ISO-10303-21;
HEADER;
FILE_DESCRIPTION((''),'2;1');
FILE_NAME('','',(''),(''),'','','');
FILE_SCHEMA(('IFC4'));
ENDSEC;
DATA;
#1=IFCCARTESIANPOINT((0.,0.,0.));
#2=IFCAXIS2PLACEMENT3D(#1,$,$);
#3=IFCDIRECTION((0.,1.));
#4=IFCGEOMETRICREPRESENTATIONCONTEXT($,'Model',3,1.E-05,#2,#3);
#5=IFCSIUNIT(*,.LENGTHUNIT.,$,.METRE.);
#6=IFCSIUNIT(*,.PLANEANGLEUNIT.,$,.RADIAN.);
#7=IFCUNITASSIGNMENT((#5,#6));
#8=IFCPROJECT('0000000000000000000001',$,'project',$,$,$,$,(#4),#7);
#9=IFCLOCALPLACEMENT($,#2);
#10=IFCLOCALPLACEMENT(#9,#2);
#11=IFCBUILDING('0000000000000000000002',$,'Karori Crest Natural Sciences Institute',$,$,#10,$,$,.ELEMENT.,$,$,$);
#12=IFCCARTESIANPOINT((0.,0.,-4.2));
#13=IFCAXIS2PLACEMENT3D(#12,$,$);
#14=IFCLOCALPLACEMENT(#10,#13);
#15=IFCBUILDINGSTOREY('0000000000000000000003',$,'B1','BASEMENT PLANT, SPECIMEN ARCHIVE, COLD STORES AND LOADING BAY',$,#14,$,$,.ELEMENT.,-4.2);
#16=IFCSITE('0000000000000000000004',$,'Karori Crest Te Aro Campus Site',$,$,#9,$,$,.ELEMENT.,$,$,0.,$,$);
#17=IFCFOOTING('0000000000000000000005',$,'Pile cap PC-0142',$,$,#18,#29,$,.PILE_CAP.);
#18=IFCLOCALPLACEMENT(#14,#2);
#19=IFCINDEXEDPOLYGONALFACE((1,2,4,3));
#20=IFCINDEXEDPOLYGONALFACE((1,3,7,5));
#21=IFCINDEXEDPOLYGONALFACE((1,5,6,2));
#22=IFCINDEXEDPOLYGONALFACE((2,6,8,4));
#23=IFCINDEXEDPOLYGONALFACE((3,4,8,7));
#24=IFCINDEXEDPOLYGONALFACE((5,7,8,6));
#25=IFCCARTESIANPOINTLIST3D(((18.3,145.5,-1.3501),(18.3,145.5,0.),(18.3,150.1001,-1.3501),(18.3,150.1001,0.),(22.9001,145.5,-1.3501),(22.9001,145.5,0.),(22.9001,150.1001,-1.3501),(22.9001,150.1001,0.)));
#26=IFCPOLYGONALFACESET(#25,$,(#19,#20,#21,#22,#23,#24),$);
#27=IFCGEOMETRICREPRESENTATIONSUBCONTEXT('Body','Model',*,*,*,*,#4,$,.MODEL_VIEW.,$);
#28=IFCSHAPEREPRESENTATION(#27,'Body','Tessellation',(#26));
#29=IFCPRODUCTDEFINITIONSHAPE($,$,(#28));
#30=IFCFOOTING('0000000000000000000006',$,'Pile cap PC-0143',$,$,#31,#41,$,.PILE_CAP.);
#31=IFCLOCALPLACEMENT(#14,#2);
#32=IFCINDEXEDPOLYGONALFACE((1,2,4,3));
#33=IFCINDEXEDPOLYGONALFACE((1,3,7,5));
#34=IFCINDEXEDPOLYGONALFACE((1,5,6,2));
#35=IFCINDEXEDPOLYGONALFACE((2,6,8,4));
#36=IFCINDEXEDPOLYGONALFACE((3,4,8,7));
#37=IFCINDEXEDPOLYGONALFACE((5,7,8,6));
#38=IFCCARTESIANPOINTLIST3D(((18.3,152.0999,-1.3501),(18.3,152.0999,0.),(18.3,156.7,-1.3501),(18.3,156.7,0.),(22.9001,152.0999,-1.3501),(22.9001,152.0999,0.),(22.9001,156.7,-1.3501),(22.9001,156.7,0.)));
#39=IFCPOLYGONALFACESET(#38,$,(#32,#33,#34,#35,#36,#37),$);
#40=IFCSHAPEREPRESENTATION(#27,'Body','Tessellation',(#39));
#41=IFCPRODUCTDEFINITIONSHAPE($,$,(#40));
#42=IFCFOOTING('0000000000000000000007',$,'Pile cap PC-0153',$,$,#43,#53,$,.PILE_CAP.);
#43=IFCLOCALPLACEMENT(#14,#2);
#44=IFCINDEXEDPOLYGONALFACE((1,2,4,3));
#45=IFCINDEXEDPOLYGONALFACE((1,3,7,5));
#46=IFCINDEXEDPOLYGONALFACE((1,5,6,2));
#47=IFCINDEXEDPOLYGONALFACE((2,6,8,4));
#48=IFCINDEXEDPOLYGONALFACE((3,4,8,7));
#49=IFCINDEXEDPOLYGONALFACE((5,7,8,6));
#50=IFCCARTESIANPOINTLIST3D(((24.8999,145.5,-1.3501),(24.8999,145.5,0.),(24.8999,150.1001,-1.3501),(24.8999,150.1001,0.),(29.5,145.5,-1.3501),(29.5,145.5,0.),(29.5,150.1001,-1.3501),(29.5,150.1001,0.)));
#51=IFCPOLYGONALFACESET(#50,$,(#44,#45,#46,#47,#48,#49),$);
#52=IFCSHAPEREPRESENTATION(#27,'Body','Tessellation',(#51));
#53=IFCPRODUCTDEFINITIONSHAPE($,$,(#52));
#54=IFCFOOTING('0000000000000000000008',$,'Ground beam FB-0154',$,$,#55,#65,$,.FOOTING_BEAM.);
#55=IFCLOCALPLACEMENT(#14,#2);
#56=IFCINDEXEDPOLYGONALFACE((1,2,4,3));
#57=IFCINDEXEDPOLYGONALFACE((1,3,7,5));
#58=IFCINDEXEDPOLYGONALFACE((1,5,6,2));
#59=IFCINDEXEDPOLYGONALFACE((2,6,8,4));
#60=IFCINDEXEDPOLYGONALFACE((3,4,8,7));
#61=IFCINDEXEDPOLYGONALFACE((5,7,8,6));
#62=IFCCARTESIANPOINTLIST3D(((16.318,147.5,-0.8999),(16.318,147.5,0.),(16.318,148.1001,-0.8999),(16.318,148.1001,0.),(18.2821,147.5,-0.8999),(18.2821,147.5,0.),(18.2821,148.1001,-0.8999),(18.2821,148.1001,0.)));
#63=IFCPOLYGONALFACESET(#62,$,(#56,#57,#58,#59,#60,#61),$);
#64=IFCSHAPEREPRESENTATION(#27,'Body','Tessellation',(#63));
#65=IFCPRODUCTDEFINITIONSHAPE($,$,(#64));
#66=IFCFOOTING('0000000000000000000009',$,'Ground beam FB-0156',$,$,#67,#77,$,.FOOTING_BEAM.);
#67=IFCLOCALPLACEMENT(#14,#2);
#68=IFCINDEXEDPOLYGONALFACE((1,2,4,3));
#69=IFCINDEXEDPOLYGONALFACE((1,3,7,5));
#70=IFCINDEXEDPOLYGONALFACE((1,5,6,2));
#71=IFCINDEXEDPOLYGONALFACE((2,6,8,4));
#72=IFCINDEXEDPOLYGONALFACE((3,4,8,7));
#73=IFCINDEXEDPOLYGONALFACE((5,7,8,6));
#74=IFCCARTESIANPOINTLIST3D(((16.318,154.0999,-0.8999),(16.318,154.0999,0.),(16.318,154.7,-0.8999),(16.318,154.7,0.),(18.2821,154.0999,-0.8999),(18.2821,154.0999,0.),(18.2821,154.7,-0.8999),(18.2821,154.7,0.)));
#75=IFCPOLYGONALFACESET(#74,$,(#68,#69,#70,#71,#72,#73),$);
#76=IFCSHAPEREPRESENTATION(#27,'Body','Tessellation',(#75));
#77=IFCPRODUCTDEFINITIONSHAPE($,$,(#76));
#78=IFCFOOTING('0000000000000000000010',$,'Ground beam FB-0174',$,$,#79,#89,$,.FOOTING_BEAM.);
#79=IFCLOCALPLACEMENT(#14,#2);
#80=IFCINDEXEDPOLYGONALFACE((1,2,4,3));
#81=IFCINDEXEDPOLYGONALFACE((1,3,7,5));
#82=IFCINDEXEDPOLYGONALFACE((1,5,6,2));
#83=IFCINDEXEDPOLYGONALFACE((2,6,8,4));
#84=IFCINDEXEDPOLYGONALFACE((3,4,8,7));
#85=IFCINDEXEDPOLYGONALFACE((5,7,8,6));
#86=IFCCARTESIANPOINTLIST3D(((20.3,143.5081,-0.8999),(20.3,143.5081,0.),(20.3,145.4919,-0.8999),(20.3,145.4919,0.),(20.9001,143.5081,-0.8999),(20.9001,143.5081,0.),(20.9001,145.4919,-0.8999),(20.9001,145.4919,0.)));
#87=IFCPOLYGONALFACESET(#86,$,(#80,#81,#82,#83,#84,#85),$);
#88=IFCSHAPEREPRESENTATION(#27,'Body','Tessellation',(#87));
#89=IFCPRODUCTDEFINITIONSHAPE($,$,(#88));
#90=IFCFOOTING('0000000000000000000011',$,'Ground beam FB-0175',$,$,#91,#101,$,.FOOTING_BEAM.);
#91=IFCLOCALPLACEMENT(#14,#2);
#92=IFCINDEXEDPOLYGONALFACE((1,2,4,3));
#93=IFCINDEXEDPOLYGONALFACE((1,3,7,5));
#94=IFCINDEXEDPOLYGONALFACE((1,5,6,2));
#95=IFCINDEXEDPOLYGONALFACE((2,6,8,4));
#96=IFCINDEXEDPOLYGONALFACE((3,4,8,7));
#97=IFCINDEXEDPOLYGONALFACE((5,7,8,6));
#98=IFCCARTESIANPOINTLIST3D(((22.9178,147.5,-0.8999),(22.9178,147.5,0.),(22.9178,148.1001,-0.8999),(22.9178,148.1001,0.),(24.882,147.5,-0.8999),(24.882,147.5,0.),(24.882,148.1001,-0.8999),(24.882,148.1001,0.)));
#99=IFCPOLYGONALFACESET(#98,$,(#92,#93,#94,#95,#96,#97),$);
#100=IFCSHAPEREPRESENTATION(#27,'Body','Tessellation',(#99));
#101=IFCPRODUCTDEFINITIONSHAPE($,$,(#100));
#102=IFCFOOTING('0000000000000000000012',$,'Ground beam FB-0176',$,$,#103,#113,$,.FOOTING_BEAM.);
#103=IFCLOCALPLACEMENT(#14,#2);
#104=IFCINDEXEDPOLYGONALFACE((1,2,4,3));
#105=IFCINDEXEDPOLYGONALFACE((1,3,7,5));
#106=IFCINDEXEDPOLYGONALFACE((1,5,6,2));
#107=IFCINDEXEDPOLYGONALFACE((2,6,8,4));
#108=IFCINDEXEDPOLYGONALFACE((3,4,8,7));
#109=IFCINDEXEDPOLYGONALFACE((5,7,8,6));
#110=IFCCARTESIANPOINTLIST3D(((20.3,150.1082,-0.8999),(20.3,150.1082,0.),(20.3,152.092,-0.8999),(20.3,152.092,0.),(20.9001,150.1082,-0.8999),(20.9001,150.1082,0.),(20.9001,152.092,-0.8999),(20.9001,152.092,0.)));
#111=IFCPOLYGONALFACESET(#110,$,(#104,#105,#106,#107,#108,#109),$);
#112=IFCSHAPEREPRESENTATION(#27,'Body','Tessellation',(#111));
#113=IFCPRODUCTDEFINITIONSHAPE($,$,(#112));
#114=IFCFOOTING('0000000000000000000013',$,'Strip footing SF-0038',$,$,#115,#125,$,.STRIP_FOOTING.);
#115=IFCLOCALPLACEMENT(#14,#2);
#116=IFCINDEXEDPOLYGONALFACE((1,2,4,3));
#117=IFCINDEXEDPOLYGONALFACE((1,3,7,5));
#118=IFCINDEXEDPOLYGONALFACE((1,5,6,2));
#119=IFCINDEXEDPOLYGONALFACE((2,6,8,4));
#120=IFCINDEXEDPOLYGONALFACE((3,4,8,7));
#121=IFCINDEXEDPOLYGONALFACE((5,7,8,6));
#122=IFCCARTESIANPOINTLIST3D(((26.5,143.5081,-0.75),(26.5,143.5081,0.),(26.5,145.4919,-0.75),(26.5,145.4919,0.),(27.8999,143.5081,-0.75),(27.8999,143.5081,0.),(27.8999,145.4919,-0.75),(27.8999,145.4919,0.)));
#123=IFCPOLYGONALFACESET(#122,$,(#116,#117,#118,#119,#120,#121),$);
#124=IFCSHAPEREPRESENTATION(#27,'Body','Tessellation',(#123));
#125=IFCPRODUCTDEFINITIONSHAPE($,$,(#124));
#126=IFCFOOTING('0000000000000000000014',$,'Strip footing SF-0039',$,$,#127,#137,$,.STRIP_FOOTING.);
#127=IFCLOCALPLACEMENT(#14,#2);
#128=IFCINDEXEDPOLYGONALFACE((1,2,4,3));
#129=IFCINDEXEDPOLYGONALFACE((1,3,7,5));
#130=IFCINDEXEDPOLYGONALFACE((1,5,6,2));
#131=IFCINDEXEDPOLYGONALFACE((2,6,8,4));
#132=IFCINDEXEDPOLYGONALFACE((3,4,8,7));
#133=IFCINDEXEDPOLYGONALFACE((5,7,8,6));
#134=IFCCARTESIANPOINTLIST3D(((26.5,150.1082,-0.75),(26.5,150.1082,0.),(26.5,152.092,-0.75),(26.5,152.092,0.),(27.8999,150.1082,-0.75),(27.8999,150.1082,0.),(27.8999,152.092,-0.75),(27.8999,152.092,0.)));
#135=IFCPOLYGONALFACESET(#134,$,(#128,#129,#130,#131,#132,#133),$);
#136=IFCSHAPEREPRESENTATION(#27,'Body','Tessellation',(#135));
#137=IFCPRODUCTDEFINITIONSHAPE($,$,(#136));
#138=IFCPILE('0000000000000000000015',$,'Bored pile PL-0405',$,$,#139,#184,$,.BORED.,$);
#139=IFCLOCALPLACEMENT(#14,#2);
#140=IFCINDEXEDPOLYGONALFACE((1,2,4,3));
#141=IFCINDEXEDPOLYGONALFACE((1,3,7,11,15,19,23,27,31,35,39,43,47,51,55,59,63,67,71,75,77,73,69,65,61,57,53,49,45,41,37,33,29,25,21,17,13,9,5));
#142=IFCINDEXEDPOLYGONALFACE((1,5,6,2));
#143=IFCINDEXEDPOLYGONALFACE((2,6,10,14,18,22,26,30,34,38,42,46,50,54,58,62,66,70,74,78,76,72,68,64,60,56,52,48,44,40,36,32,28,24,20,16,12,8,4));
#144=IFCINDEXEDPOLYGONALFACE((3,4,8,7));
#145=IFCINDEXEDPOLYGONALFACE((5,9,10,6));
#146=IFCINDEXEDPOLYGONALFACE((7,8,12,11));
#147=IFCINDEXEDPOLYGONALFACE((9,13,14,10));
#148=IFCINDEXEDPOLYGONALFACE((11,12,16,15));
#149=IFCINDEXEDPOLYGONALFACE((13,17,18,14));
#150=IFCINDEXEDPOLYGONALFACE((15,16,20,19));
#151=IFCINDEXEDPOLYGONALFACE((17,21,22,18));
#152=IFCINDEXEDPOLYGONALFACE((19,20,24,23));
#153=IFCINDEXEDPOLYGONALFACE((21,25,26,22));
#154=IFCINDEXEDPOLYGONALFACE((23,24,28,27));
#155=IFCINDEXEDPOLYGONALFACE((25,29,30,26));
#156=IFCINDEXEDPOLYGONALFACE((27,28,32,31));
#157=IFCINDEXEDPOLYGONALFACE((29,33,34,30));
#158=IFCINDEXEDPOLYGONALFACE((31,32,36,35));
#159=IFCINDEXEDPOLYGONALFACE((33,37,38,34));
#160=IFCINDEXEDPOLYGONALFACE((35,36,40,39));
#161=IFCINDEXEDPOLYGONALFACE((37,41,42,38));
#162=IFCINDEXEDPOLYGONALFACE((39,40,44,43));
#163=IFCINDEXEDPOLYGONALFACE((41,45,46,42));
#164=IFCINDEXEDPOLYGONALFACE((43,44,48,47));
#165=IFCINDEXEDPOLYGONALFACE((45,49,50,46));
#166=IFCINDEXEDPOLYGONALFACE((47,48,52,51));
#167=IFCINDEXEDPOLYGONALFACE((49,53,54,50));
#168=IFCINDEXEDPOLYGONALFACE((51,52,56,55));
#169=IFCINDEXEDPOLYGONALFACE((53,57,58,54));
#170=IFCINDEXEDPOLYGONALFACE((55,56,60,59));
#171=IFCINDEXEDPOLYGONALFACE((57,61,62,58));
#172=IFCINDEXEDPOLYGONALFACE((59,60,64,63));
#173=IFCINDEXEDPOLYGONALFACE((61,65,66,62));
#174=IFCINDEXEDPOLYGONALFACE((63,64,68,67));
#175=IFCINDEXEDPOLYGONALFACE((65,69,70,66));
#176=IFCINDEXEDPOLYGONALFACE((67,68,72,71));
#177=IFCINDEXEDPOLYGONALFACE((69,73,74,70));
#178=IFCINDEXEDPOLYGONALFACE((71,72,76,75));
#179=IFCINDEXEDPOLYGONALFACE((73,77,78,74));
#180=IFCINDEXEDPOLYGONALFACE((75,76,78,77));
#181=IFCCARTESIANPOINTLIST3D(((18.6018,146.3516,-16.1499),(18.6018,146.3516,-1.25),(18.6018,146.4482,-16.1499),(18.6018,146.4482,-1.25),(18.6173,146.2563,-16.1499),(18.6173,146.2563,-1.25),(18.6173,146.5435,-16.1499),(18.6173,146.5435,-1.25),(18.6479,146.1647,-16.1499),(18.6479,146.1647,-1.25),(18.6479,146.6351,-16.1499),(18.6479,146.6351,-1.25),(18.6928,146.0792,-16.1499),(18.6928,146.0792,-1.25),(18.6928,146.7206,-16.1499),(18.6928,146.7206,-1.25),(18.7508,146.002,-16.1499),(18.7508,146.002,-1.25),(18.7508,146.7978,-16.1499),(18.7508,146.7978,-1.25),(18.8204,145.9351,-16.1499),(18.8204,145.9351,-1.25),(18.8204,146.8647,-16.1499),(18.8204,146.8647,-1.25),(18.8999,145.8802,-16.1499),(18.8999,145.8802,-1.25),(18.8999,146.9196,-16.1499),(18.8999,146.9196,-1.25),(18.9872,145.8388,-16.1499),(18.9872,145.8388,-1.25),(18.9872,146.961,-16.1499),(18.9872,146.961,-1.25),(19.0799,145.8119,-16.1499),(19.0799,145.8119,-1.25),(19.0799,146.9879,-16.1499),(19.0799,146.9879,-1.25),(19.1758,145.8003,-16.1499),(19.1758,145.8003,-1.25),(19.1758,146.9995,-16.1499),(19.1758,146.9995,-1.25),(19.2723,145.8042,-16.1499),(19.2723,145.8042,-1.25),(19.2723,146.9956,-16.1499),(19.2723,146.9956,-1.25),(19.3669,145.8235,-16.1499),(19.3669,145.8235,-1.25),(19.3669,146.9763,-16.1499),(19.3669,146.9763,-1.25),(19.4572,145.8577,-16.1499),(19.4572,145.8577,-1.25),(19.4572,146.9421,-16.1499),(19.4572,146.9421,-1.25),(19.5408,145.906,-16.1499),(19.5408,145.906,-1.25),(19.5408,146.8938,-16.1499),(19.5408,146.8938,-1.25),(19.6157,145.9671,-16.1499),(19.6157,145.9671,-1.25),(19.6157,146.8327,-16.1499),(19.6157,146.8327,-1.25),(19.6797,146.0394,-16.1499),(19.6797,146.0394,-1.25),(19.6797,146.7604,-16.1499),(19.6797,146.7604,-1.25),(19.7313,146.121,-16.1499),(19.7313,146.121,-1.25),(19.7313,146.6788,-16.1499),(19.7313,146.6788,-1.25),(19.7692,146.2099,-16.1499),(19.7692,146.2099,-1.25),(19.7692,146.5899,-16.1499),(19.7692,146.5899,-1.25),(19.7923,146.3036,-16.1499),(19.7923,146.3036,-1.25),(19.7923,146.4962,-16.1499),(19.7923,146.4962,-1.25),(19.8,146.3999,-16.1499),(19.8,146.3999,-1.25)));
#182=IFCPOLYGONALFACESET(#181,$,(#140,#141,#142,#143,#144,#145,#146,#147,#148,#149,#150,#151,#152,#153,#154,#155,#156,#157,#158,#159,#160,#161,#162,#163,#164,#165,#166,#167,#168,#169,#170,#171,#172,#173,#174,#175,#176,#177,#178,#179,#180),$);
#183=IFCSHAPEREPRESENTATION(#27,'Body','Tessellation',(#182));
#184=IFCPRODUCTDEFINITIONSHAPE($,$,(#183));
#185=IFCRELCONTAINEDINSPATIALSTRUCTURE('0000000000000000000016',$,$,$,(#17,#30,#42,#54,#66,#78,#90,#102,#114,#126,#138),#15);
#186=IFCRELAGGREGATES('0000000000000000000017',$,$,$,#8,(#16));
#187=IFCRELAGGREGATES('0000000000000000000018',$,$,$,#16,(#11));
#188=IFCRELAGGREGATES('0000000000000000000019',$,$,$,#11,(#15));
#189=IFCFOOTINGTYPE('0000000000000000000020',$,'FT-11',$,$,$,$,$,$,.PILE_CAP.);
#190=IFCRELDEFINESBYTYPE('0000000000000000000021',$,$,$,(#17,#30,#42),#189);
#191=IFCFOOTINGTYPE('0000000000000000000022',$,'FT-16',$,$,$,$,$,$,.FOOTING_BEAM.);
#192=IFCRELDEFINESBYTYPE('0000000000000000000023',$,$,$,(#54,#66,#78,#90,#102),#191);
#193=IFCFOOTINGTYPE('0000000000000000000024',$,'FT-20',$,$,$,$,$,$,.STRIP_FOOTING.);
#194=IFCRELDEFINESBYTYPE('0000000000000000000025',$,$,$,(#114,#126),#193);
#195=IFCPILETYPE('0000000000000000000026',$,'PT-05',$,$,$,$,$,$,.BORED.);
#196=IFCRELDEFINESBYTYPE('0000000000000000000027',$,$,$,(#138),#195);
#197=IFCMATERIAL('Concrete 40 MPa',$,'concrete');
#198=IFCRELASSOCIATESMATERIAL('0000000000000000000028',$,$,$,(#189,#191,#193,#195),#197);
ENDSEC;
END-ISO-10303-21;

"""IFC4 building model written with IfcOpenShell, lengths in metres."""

from ifc_helpers import new_model, si_unit, direction, frame, origin, origin_2d, place, context, subcontext, project, spatial, rectangle, circle, extrude, material, material_profile, profile_set, type_object, element, save


model = new_model("IFC4")

# Units and contexts
model_context = context("Model", 3, precision=1e-05, world=origin(), true_north=direction((0.0, 1.0)))
body_context = subcontext(model_context, "Body", "Model", "MODEL_VIEW")
ifc_project = project(units=[si_unit("LENGTHUNIT", "METRE"), si_unit("PLANEANGLEUNIT", "RADIAN")], contexts=[model_context])

# Site, building, storey
site_placement = place(None, origin())
site = spatial("IfcSite", under=ifc_project, at=site_placement, Name="Karori Crest Te Aro Campus Site", CompositionType="ELEMENT", RefElevation=0.0)
building_placement = place(site_placement, origin())
building = spatial("IfcBuilding", under=site, at=building_placement, Name="Karori Crest Natural Sciences Institute", CompositionType="ELEMENT")
storey_placement = place(building_placement, frame((0.0, 0.0, -4.2)))
storey = spatial("IfcBuildingStorey", under=building, at=storey_placement, Name="B1", Description="BASEMENT PLANT, SPECIMEN ARCHIVE, COLD STORES AND LOADING BAY", CompositionType="ELEMENT", Elevation=-4.2)

# Footings
ifc_material_1 = material(Name="Concrete 40 MPa", Category="concrete")
footing_type_1 = type_object("IfcFootingType", Name="FT-11", PredefinedType="PILE_CAP", material=ifc_material_1)
for number, where, z_axis, x_axis, name in (
    (1, (20.6001, 147.8, -1.3501), (0.0, 0.0, 1.0), (1.0, 0.0, 0.0), "Pile cap PC-0142"),
    (2, (20.6001, 154.3999, -1.3501), (0.0, 0.0, 1.0), (1.0, 0.0, 0.0), "Pile cap PC-0143"),
    (3, (27.2, 147.8, -1.3501), (0.0, 0.0, 1.0), (1.0, 0.0, 0.0), "Pile cap PC-0153"),
):
    element("IfcFooting", number, at=place(storey_placement, frame(where, z_axis=z_axis, x_axis=x_axis)), inside=storey, type_object=footing_type_1, Name=name, PredefinedType="PILE_CAP", context=body_context, shape_type="SweptSolid", body=[
        extrude(rectangle(XDim=4.6001, YDim=4.6001, at=origin_2d()), origin(), (0.0, 0.0, 1.0), 1.3501),
    ])
footing_type_2 = type_object("IfcFootingType", Name="FT-16", PredefinedType="FOOTING_BEAM", material=ifc_material_1)
for number, where, z_axis, x_axis, name in (
    (4, (17.3, 147.8, -0.8999), (0.0, 0.0, 1.0), (1.0, 0.0, 0.0), "Ground beam FB-0154"),
    (5, (17.3, 154.3999, -0.8999), (0.0, 0.0, 1.0), (1.0, 0.0, 0.0), "Ground beam FB-0156"),
):
    element("IfcFooting", number, at=place(storey_placement, frame(where, z_axis=z_axis, x_axis=x_axis)), inside=storey, type_object=footing_type_2, Name=name, PredefinedType="FOOTING_BEAM", context=body_context, shape_type="SweptSolid", body=[
        extrude(rectangle(XDim=1.9641, YDim=0.6001, at=origin_2d()), origin(), (0.0, 0.0, 1.0), 0.8999),
    ])
footing_1_placement = place(storey_placement, frame((20.6001, 144.5, -0.8999), z_axis=(0.0, 0.0, 1.0), x_axis=(0.0, 1.0, 0.0)))
element("IfcFooting", 6, at=footing_1_placement, inside=storey, type_object=footing_type_2, Name="Ground beam FB-0174", PredefinedType="FOOTING_BEAM", context=body_context, shape_type="SweptSolid", body=[
    extrude(rectangle(XDim=1.9839, YDim=0.6001, at=origin_2d()), origin(), (0.0, 0.0, 1.0), 0.8999),
])
footing_2_placement = place(storey_placement, frame((23.8999, 147.8, -0.8999), z_axis=(0.0, 0.0, 1.0), x_axis=(1.0, 0.0, 0.0)))
element("IfcFooting", 7, at=footing_2_placement, inside=storey, type_object=footing_type_2, Name="Ground beam FB-0175", PredefinedType="FOOTING_BEAM", context=body_context, shape_type="SweptSolid", body=[
    extrude(rectangle(XDim=1.9641, YDim=0.6001, at=origin_2d()), origin(), (0.0, 0.0, 1.0), 0.8999),
])
footing_3_placement = place(storey_placement, frame((20.6001, 151.1001, -0.8999), z_axis=(0.0, 0.0, 1.0), x_axis=(0.0, 1.0, 0.0)))
element("IfcFooting", 8, at=footing_3_placement, inside=storey, type_object=footing_type_2, Name="Ground beam FB-0176", PredefinedType="FOOTING_BEAM", context=body_context, shape_type="SweptSolid", body=[
    extrude(rectangle(XDim=1.9839, YDim=0.6001, at=origin_2d()), origin(), (0.0, 0.0, 1.0), 0.8999),
])
footing_type_3 = type_object("IfcFootingType", Name="FT-20", PredefinedType="STRIP_FOOTING", material=ifc_material_1)
for number, where, z_axis, x_axis, name in (
    (9, (27.2, 144.5, -0.75), (0.0, 0.0, 1.0), (0.0, 1.0, 0.0), "Strip footing SF-0038"),
    (10, (27.2, 151.1001, -0.75), (0.0, 0.0, 1.0), (0.0, 1.0, 0.0), "Strip footing SF-0039"),
):
    element("IfcFooting", number, at=place(storey_placement, frame(where, z_axis=z_axis, x_axis=x_axis)), inside=storey, type_object=footing_type_3, Name=name, PredefinedType="STRIP_FOOTING", context=body_context, shape_type="SweptSolid", body=[
        extrude(rectangle(XDim=1.9839, YDim=1.3999, at=origin_2d()), origin(), (0.0, 0.0, 1.0), 0.75),
    ])

# Pile
ifc_material_profile_1 = material_profile(ifc_material_1, circle(Radius=0.6001, at=origin_2d()), Name="PILE1200")
ifc_profile_set_1 = profile_set([ifc_material_profile_1], Name="Concrete 40 MPa")
pile_type = type_object("IfcPileType", Name="PT-05", PredefinedType="BORED", material=ifc_profile_set_1)
for number, where, z_axis, x_axis, name in (
    (11, (19.2, 146.3999, -1.25), (0.0, 0.0, -1.0), (1.0, 0.0, 0.0), "Bored pile PL-0405"),
):
    element("IfcPile", number, at=place(storey_placement, frame(where, z_axis=z_axis, x_axis=x_axis)), inside=storey, type_object=pile_type, Name=name, PredefinedType="BORED", context=body_context, shape_type="SweptSolid", body=[
        extrude(circle(Radius=0.6001, at=origin_2d()), origin(), (0.0, 0.0, 1.0), 14.8999),
    ])

save(model, "model.ifc")
